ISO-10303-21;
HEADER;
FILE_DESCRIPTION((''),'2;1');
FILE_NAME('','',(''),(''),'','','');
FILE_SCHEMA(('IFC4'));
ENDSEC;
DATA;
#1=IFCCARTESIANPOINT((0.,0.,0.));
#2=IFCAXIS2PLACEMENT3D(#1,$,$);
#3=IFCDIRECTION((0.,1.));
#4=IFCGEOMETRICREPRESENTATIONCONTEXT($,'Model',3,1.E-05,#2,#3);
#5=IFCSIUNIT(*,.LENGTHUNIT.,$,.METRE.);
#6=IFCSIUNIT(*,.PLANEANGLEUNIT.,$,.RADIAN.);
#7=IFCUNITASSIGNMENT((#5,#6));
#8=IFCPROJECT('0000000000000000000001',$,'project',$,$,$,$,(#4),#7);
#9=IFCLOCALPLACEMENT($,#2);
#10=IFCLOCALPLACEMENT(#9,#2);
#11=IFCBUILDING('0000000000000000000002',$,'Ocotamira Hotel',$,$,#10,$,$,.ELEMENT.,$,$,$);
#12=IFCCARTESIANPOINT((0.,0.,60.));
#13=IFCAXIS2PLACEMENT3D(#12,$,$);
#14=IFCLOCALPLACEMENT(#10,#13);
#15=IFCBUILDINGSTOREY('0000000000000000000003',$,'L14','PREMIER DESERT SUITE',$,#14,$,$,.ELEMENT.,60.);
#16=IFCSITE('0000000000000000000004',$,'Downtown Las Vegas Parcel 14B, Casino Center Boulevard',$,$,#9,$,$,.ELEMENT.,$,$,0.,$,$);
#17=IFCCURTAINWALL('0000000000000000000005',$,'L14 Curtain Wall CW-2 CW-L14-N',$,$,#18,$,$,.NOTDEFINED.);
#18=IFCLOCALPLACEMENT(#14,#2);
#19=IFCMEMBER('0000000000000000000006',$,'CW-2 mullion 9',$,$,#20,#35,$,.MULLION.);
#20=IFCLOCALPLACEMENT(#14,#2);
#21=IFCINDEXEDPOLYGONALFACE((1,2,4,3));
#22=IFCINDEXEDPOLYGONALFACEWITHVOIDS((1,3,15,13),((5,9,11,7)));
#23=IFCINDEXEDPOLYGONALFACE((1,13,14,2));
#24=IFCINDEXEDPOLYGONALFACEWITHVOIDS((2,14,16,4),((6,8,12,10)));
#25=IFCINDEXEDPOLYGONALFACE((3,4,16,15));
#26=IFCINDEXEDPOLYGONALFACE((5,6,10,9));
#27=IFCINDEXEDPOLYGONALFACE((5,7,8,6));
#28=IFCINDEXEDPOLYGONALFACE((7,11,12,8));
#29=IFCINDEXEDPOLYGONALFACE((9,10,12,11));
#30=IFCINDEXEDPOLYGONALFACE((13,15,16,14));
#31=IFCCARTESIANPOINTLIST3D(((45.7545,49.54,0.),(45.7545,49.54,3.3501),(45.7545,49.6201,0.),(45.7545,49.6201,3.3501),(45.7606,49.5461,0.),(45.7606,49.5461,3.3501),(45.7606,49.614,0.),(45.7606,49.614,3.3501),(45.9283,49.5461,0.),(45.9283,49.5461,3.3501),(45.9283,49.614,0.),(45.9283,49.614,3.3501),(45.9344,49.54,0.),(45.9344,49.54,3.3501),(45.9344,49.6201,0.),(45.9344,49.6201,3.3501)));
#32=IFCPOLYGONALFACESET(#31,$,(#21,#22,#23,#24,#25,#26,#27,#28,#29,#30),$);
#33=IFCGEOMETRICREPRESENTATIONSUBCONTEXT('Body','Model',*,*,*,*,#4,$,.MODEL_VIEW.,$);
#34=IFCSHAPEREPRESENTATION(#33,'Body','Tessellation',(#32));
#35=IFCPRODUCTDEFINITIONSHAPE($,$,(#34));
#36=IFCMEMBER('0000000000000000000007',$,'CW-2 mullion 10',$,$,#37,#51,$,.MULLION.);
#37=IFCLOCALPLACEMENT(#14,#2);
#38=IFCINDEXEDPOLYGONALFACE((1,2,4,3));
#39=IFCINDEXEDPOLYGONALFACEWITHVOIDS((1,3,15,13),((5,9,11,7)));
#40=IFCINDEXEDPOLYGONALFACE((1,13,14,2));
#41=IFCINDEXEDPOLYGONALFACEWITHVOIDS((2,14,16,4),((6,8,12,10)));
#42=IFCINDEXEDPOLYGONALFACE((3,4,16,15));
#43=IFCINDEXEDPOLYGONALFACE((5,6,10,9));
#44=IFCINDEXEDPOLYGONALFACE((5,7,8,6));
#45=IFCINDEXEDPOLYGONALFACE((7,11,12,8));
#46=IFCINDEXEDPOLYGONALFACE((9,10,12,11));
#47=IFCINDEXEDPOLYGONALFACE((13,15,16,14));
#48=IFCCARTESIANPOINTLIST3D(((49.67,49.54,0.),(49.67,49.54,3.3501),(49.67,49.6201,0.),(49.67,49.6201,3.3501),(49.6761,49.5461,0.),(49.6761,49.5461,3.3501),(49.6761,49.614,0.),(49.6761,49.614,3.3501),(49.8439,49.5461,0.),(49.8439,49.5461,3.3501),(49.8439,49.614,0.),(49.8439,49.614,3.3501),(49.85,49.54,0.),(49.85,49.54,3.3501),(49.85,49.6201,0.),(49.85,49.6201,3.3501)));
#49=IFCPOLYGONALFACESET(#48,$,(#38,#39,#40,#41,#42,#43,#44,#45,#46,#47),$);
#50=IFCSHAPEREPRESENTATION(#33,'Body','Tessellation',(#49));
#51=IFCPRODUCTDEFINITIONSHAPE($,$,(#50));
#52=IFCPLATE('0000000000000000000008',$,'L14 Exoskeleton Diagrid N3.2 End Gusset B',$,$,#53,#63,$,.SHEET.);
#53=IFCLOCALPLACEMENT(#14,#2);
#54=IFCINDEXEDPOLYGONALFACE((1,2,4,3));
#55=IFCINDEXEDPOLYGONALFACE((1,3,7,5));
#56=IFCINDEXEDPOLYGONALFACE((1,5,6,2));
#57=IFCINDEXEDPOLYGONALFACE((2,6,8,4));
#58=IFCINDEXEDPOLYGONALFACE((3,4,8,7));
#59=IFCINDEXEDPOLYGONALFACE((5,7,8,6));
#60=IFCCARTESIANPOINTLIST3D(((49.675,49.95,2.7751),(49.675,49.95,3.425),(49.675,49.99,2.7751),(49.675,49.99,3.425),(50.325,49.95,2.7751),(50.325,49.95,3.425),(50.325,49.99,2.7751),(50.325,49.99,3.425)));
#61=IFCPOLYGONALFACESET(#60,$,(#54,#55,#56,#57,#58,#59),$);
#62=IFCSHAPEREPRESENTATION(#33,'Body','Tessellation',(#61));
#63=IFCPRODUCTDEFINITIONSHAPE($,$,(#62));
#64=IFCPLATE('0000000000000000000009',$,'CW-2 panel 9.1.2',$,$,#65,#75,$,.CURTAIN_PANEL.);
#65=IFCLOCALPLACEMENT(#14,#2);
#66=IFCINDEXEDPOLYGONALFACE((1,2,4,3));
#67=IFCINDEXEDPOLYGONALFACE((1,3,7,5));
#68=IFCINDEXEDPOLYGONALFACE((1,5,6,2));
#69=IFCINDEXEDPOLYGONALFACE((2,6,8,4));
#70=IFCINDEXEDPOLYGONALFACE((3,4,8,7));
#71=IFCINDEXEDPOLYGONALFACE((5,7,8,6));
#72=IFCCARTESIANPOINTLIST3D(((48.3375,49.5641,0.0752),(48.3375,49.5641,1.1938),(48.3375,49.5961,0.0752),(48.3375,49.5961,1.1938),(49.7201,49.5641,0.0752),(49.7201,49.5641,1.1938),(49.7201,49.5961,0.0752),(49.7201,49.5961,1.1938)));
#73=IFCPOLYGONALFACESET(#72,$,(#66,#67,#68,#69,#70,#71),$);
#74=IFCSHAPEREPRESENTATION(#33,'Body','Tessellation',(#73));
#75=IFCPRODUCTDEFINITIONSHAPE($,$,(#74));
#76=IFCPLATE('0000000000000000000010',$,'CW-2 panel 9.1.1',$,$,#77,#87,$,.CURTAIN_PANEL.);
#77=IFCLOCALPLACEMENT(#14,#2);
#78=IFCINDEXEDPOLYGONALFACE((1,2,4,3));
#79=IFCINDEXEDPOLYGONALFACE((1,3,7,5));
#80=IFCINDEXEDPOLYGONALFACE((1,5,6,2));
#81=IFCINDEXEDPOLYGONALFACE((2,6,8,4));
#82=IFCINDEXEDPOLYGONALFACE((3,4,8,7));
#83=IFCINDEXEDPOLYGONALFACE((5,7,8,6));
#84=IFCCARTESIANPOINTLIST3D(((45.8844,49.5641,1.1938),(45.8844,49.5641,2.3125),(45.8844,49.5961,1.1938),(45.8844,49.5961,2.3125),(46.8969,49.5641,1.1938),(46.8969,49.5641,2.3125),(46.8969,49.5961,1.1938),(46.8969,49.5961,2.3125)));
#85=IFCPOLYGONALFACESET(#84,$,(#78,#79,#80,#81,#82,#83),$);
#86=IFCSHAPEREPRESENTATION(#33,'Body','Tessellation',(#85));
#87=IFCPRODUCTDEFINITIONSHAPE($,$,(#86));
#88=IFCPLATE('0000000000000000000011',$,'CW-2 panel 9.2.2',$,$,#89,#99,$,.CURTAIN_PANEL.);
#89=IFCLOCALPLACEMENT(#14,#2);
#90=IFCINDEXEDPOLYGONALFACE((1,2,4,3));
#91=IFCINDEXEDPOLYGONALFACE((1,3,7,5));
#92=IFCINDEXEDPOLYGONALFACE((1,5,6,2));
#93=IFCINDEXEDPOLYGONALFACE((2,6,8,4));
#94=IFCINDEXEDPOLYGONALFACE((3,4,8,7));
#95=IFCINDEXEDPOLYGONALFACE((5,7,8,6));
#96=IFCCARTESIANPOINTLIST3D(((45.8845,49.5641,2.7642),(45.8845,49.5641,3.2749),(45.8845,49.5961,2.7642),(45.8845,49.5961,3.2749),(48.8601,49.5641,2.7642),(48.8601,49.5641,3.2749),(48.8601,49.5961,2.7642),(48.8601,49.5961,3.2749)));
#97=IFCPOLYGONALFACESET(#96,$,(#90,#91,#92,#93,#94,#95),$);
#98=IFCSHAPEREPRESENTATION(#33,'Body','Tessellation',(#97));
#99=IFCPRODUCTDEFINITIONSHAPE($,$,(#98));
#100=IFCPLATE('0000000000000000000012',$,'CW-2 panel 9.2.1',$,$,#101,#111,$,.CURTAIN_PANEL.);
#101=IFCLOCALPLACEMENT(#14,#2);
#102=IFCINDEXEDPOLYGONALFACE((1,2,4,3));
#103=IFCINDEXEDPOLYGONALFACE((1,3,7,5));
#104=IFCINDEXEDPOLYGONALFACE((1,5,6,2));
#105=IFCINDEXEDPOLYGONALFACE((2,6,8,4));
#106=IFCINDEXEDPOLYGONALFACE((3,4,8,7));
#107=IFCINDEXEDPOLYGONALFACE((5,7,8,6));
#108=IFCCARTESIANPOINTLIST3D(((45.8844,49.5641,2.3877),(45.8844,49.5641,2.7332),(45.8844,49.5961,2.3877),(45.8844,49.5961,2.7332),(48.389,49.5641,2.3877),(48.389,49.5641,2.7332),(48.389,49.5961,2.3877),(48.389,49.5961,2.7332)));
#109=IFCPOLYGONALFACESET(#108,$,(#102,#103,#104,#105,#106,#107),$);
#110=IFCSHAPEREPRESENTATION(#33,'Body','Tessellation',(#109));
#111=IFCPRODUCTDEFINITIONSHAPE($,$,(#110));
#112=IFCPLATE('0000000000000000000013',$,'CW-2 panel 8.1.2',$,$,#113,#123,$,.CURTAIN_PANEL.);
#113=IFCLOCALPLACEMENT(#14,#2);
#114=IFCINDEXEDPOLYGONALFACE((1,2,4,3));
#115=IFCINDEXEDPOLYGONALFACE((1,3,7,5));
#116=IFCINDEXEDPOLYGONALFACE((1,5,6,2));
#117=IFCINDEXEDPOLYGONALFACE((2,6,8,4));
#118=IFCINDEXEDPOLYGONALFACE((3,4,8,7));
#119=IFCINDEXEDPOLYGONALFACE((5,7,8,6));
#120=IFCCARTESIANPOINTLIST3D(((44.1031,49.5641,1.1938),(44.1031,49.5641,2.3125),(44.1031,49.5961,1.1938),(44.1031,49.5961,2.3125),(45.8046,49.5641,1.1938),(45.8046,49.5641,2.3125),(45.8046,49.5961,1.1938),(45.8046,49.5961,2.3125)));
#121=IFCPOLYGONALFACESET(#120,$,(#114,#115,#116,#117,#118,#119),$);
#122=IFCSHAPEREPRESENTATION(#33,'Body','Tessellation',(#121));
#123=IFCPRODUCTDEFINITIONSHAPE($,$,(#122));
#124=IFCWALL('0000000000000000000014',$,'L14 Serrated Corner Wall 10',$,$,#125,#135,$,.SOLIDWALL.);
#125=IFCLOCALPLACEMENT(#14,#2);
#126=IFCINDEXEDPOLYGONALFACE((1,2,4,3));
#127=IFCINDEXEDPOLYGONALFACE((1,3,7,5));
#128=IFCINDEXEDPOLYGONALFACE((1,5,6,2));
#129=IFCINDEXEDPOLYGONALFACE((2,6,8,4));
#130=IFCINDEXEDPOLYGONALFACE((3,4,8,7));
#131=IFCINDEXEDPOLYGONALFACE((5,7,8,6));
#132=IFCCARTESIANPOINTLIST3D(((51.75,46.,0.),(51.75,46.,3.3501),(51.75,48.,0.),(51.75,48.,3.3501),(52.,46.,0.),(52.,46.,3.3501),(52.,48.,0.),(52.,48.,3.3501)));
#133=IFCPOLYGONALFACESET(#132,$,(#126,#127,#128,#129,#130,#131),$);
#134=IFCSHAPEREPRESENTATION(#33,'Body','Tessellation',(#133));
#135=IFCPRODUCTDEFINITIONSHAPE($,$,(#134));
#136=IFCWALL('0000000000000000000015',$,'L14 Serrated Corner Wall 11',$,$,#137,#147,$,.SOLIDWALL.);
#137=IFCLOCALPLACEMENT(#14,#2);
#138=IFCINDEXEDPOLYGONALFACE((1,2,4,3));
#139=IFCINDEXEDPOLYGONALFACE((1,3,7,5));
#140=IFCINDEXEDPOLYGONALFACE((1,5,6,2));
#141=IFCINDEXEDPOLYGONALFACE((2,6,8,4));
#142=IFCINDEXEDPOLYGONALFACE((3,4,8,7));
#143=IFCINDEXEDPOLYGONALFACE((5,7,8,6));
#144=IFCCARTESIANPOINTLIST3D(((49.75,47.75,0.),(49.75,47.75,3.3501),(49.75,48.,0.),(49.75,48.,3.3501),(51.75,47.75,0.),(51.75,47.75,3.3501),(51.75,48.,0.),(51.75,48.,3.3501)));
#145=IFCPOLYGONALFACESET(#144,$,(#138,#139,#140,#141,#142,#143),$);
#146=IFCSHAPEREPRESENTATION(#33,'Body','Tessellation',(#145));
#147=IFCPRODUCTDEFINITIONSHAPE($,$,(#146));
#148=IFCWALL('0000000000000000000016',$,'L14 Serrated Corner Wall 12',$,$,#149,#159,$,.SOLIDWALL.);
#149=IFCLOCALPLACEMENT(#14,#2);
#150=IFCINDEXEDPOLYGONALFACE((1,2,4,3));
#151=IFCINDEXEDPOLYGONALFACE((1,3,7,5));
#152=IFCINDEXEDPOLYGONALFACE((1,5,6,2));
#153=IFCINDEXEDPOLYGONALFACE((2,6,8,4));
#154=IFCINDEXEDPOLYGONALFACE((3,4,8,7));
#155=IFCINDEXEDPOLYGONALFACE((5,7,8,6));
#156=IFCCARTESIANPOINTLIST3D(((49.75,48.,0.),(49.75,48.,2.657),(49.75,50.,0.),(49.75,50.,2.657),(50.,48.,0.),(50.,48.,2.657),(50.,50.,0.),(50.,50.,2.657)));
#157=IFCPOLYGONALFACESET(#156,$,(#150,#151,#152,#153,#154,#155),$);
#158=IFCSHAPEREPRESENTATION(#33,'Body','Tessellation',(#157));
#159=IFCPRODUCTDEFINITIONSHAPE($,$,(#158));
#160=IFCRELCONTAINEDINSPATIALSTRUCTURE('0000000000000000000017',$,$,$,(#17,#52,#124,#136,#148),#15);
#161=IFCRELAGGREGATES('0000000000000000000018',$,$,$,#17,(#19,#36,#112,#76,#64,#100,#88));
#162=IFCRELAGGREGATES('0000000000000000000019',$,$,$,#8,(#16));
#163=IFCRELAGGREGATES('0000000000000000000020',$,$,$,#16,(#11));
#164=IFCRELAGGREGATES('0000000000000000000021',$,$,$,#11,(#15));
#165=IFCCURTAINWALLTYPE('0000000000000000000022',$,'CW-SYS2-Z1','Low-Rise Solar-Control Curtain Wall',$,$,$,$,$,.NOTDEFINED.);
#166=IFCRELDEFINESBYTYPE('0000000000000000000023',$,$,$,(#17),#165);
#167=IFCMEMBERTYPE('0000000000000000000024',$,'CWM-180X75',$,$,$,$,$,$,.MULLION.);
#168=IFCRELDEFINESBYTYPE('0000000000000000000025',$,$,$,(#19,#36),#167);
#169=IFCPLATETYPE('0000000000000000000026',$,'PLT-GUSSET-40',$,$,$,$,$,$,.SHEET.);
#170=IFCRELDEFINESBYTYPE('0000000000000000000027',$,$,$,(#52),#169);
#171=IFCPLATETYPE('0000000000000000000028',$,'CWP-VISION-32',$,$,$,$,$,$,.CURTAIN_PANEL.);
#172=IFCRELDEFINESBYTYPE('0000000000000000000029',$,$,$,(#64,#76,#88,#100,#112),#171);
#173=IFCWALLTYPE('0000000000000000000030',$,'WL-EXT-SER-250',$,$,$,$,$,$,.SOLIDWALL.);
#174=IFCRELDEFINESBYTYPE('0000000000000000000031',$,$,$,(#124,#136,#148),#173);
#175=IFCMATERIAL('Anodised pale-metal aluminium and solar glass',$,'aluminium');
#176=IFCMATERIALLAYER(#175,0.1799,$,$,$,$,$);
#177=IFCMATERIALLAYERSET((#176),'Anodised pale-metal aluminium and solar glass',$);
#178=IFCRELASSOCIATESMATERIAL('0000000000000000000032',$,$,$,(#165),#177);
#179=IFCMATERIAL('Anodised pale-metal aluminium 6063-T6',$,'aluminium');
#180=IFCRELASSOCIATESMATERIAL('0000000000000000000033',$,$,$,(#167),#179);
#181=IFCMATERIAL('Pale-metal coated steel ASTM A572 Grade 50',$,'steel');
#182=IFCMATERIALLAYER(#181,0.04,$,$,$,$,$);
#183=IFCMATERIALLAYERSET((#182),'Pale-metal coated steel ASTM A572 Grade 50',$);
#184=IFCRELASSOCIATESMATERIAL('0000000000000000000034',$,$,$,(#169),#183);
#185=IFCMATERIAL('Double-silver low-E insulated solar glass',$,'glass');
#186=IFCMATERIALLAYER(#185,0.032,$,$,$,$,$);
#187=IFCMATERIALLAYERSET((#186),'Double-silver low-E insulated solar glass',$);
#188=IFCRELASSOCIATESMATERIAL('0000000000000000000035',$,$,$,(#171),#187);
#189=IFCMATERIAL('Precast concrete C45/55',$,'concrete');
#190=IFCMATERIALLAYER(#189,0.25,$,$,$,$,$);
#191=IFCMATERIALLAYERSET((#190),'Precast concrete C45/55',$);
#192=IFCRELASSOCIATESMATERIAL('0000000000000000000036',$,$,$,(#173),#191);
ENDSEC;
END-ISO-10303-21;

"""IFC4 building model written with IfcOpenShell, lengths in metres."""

from ifc_helpers import new_model, si_unit, direction, frame, frame_2d, origin, origin_2d, place, context, subcontext, project, spatial, rectangle, hollow_rectangle, extrude, source, transform, mapped, material, layer, layer_set, material_profile, profile_set, type_object, element, aggregate, save


model = new_model("IFC4")

# Units and contexts
model_context = context("Model", 3, precision=1e-05, world=origin(), true_north=direction((0.0, 1.0)))
body_context = subcontext(model_context, "Body", "Model", "MODEL_VIEW")
ifc_project = project(units=[si_unit("LENGTHUNIT", "METRE"), si_unit("PLANEANGLEUNIT", "RADIAN")], contexts=[model_context])

# Site, building, storey
site_placement = place(None, origin())
site = spatial("IfcSite", under=ifc_project, at=site_placement, Name="Downtown Las Vegas Parcel 14B, Casino Center Boulevard", CompositionType="ELEMENT", RefElevation=0.0)
building_placement = place(site_placement, origin())
building = spatial("IfcBuilding", under=site, at=building_placement, Name="Ocotamira Hotel", CompositionType="ELEMENT")
storey_placement = place(building_placement, frame((0.0, 0.0, 60.0)))
storey = spatial("IfcBuildingStorey", under=building, at=storey_placement, Name="L14", Description="PREMIER DESERT SUITE", CompositionType="ELEMENT", Elevation=60.0)

# Curtain wall, members
ifc_material_1 = material(Name="Anodised pale-metal aluminium and solar glass", Category="aluminium")
ifc_layer_1 = layer(ifc_material_1, 0.1799)
ifc_layer_set_1 = layer_set([ifc_layer_1], Name="Anodised pale-metal aluminium and solar glass")
curtain_wall_type = type_object("IfcCurtainWallType", Name="CW-SYS2-Z1", Description="Low-Rise Solar-Control Curtain Wall", PredefinedType="NOTDEFINED", material=ifc_layer_set_1)
curtain_wall_placement = place(storey_placement, origin())
curtain_wall = element("IfcCurtainWall", 1, at=curtain_wall_placement, inside=storey, type_object=curtain_wall_type, Name="L14 Curtain Wall CW-2 CW-L14-N", PredefinedType="NOTDEFINED")
ifc_material_2 = material(Name="Anodised pale-metal aluminium 6063-T6", Category="aluminium")
ifc_material_profile_1 = material_profile(ifc_material_2, hollow_rectangle(XDim=0.0801, YDim=0.1799, WallThickness=0.0061, at=origin_2d()), Name="HSS180X80X6")
ifc_profile_set_1 = profile_set([ifc_material_profile_1], Name="Anodised pale-metal aluminium 6063-T6")
member_type_1 = type_object("IfcMemberType", Name="CWM-180X75", PredefinedType="MULLION", material=ifc_profile_set_1)
shared_shape_1 = source(origin(), body_context, "Body", "SweptSolid", [
    extrude(hollow_rectangle(XDim=0.0801, YDim=0.1799, WallThickness=0.0061, at=origin_2d()), origin(), (0.0, 0.0, 1.0), 3.3501),
])
member_1_placement = place(storey_placement, frame((45.8445, 49.5801, 0.0), z_axis=(0.0, 0.0, 1.0), x_axis=(0.0, 1.0, 0.0)))
member_1 = element("IfcMember", 2, at=member_1_placement, type_object=member_type_1, Name="CW-2 mullion 9", PredefinedType="MULLION", context=body_context, shape_type="MappedRepresentation", body=[
    mapped(shared_shape_1, transform((0.0, 0.0, 0.0), scale=1.0)),
])
member_2_placement = place(storey_placement, frame((49.76, 49.5801, 0.0), z_axis=(0.0, 0.0, 1.0), x_axis=(0.0, 1.0, 0.0)))
member_2 = element("IfcMember", 3, at=member_2_placement, type_object=member_type_1, Name="CW-2 mullion 10", PredefinedType="MULLION", context=body_context, shape_type="MappedRepresentation", body=[
    mapped(shared_shape_1, transform((0.0, 0.0, 0.0), scale=1.0)),
])

# Plates
ifc_material_3 = material(Name="Pale-metal coated steel ASTM A572 Grade 50", Category="steel")
ifc_layer_2 = layer(ifc_material_3, 0.04)
ifc_layer_set_2 = layer_set([ifc_layer_2], Name="Pale-metal coated steel ASTM A572 Grade 50")
plate_type_1 = type_object("IfcPlateType", Name="PLT-GUSSET-40", PredefinedType="SHEET", material=ifc_layer_set_2)
shared_shape_2 = source(origin(), body_context, "Body", "SweptSolid", [
    extrude(rectangle(XDim=0.6499, YDim=0.04, at=origin_2d()), origin(), (0.0, 0.0, 1.0), 0.6499),
])
plate_1_placement = place(storey_placement, frame((50.0, 49.97, 2.7751), z_axis=(0.0, 0.0, 1.0), x_axis=(1.0, 0.0, 0.0)))
element("IfcPlate", 4, at=plate_1_placement, inside=storey, type_object=plate_type_1, Name="L14 Exoskeleton Diagrid N3.2 End Gusset B", PredefinedType="SHEET", context=body_context, shape_type="MappedRepresentation", body=[
    mapped(shared_shape_2, transform((0.0, 0.0, 0.0), scale=1.0)),
])
ifc_material_4 = material(Name="Double-silver low-E insulated solar glass", Category="glass")
ifc_layer_3 = layer(ifc_material_4, 0.032)
ifc_layer_set_3 = layer_set([ifc_layer_3], Name="Double-silver low-E insulated solar glass")
plate_type_2 = type_object("IfcPlateType", Name="CWP-VISION-32", PredefinedType="CURTAIN_PANEL", material=ifc_layer_set_3)
shared_shape_3 = source(origin(), body_context, "Body", "SweptSolid", [
    extrude(rectangle(XDim=1.3826, YDim=0.032, at=origin_2d()), origin(), (0.0, 0.0, 1.0), 1.1187),
])
plate_2_placement = place(storey_placement, frame((49.0288, 49.5801, 0.0752), z_axis=(0.0, 0.0, 1.0), x_axis=(1.0, 0.0, 0.0)))
plate_2 = element("IfcPlate", 5, at=plate_2_placement, type_object=plate_type_2, Name="CW-2 panel 9.1.2", PredefinedType="CURTAIN_PANEL", context=body_context, shape_type="MappedRepresentation", body=[
    mapped(shared_shape_3, transform((0.0, 0.0, 0.0), scale=1.0)),
])
shared_shape_4 = source(origin(), body_context, "Body", "SweptSolid", [
    extrude(rectangle(XDim=1.0125, YDim=0.032, at=origin_2d()), origin(), (0.0, 0.0, 1.0), 1.1187),
])
plate_3_placement = place(storey_placement, frame((46.3906, 49.5801, 1.1938), z_axis=(0.0, 0.0, 1.0), x_axis=(1.0, 0.0, 0.0)))
plate_3 = element("IfcPlate", 6, at=plate_3_placement, type_object=plate_type_2, Name="CW-2 panel 9.1.1", PredefinedType="CURTAIN_PANEL", context=body_context, shape_type="MappedRepresentation", body=[
    mapped(shared_shape_4, transform((0.0, 0.0, 0.0), scale=1.0)),
])
shared_shape_5 = source(origin(), body_context, "Body", "SweptSolid", [
    extrude(rectangle(XDim=2.9756, YDim=0.032, at=origin_2d()), origin(), (0.0, 0.0, 1.0), 0.5107),
])
plate_4_placement = place(storey_placement, frame((47.3723, 49.5801, 2.7642), z_axis=(0.0, 0.0, 1.0), x_axis=(1.0, 0.0, 0.0)))
plate_4 = element("IfcPlate", 7, at=plate_4_placement, type_object=plate_type_2, Name="CW-2 panel 9.2.2", PredefinedType="CURTAIN_PANEL", context=body_context, shape_type="MappedRepresentation", body=[
    mapped(shared_shape_5, transform((0.0, 0.0, 0.0), scale=1.0)),
])
shared_shape_6 = source(origin(), body_context, "Body", "SweptSolid", [
    extrude(rectangle(XDim=2.5046, YDim=0.032, at=origin_2d()), origin(), (0.0, 0.0, 1.0), 0.3455),
])
plate_5_placement = place(storey_placement, frame((47.1367, 49.5801, 2.3877), z_axis=(0.0, 0.0, 1.0), x_axis=(1.0, 0.0, 0.0)))
plate_5 = element("IfcPlate", 8, at=plate_5_placement, type_object=plate_type_2, Name="CW-2 panel 9.2.1", PredefinedType="CURTAIN_PANEL", context=body_context, shape_type="MappedRepresentation", body=[
    mapped(shared_shape_6, transform((0.0, 0.0, 0.0), scale=1.0)),
])
shared_shape_7 = source(origin(), body_context, "Body", "SweptSolid", [
    extrude(rectangle(XDim=1.7014, YDim=0.032, at=origin_2d()), origin(), (0.0, 0.0, 1.0), 1.1187),
])
plate_6_placement = place(storey_placement, frame((44.9539, 49.5801, 1.1938), z_axis=(0.0, 0.0, 1.0), x_axis=(1.0, 0.0, 0.0)))
plate_6 = element("IfcPlate", 9, at=plate_6_placement, type_object=plate_type_2, Name="CW-2 panel 8.1.2", PredefinedType="CURTAIN_PANEL", context=body_context, shape_type="MappedRepresentation", body=[
    mapped(shared_shape_7, transform((0.0, 0.0, 0.0), scale=1.0)),
])
aggregate(curtain_wall, [member_1, member_2, plate_6, plate_3, plate_2, plate_5, plate_4])

# Walls
ifc_material_5 = material(Name="Precast concrete C45/55", Category="concrete")
ifc_layer_4 = layer(ifc_material_5, 0.25)
ifc_layer_set_4 = layer_set([ifc_layer_4], Name="Precast concrete C45/55")
wall_type = type_object("IfcWallType", Name="WL-EXT-SER-250", PredefinedType="SOLIDWALL", material=ifc_layer_set_4)
for number, where, z_axis, x_axis, name in (
    (10, (51.875, 46.0, 0.0), (0.0, 0.0, 1.0), (0.0, 1.0, 0.0), "L14 Serrated Corner Wall 10"),
    (11, (51.75, 47.875, 0.0), (0.0, 0.0, 1.0), (-1.0, 0.0, 0.0), "L14 Serrated Corner Wall 11"),
):
    element("IfcWall", number, at=place(storey_placement, frame(where, z_axis=z_axis, x_axis=x_axis)), inside=storey, type_object=wall_type, Name=name, PredefinedType="SOLIDWALL", context=body_context, shape_type="SweptSolid", body=[
        extrude(rectangle(XDim=2.0, YDim=0.25, at=frame_2d((1.0, 0.0))), origin(), (0.0, 0.0, 1.0), 3.3501),
    ])
wall_placement = place(storey_placement, frame((49.875, 48.0, 0.0), z_axis=(0.0, 0.0, 1.0), x_axis=(0.0, 1.0, 0.0)))
element("IfcWall", 12, at=wall_placement, inside=storey, type_object=wall_type, Name="L14 Serrated Corner Wall 12", PredefinedType="SOLIDWALL", context=body_context, shape_type="SweptSolid", body=[
    extrude(rectangle(XDim=2.0, YDim=0.25, at=frame_2d((1.0, 0.0))), origin(), (0.0, 0.0, 1.0), 2.657),
])

save(model, "model.ifc")
